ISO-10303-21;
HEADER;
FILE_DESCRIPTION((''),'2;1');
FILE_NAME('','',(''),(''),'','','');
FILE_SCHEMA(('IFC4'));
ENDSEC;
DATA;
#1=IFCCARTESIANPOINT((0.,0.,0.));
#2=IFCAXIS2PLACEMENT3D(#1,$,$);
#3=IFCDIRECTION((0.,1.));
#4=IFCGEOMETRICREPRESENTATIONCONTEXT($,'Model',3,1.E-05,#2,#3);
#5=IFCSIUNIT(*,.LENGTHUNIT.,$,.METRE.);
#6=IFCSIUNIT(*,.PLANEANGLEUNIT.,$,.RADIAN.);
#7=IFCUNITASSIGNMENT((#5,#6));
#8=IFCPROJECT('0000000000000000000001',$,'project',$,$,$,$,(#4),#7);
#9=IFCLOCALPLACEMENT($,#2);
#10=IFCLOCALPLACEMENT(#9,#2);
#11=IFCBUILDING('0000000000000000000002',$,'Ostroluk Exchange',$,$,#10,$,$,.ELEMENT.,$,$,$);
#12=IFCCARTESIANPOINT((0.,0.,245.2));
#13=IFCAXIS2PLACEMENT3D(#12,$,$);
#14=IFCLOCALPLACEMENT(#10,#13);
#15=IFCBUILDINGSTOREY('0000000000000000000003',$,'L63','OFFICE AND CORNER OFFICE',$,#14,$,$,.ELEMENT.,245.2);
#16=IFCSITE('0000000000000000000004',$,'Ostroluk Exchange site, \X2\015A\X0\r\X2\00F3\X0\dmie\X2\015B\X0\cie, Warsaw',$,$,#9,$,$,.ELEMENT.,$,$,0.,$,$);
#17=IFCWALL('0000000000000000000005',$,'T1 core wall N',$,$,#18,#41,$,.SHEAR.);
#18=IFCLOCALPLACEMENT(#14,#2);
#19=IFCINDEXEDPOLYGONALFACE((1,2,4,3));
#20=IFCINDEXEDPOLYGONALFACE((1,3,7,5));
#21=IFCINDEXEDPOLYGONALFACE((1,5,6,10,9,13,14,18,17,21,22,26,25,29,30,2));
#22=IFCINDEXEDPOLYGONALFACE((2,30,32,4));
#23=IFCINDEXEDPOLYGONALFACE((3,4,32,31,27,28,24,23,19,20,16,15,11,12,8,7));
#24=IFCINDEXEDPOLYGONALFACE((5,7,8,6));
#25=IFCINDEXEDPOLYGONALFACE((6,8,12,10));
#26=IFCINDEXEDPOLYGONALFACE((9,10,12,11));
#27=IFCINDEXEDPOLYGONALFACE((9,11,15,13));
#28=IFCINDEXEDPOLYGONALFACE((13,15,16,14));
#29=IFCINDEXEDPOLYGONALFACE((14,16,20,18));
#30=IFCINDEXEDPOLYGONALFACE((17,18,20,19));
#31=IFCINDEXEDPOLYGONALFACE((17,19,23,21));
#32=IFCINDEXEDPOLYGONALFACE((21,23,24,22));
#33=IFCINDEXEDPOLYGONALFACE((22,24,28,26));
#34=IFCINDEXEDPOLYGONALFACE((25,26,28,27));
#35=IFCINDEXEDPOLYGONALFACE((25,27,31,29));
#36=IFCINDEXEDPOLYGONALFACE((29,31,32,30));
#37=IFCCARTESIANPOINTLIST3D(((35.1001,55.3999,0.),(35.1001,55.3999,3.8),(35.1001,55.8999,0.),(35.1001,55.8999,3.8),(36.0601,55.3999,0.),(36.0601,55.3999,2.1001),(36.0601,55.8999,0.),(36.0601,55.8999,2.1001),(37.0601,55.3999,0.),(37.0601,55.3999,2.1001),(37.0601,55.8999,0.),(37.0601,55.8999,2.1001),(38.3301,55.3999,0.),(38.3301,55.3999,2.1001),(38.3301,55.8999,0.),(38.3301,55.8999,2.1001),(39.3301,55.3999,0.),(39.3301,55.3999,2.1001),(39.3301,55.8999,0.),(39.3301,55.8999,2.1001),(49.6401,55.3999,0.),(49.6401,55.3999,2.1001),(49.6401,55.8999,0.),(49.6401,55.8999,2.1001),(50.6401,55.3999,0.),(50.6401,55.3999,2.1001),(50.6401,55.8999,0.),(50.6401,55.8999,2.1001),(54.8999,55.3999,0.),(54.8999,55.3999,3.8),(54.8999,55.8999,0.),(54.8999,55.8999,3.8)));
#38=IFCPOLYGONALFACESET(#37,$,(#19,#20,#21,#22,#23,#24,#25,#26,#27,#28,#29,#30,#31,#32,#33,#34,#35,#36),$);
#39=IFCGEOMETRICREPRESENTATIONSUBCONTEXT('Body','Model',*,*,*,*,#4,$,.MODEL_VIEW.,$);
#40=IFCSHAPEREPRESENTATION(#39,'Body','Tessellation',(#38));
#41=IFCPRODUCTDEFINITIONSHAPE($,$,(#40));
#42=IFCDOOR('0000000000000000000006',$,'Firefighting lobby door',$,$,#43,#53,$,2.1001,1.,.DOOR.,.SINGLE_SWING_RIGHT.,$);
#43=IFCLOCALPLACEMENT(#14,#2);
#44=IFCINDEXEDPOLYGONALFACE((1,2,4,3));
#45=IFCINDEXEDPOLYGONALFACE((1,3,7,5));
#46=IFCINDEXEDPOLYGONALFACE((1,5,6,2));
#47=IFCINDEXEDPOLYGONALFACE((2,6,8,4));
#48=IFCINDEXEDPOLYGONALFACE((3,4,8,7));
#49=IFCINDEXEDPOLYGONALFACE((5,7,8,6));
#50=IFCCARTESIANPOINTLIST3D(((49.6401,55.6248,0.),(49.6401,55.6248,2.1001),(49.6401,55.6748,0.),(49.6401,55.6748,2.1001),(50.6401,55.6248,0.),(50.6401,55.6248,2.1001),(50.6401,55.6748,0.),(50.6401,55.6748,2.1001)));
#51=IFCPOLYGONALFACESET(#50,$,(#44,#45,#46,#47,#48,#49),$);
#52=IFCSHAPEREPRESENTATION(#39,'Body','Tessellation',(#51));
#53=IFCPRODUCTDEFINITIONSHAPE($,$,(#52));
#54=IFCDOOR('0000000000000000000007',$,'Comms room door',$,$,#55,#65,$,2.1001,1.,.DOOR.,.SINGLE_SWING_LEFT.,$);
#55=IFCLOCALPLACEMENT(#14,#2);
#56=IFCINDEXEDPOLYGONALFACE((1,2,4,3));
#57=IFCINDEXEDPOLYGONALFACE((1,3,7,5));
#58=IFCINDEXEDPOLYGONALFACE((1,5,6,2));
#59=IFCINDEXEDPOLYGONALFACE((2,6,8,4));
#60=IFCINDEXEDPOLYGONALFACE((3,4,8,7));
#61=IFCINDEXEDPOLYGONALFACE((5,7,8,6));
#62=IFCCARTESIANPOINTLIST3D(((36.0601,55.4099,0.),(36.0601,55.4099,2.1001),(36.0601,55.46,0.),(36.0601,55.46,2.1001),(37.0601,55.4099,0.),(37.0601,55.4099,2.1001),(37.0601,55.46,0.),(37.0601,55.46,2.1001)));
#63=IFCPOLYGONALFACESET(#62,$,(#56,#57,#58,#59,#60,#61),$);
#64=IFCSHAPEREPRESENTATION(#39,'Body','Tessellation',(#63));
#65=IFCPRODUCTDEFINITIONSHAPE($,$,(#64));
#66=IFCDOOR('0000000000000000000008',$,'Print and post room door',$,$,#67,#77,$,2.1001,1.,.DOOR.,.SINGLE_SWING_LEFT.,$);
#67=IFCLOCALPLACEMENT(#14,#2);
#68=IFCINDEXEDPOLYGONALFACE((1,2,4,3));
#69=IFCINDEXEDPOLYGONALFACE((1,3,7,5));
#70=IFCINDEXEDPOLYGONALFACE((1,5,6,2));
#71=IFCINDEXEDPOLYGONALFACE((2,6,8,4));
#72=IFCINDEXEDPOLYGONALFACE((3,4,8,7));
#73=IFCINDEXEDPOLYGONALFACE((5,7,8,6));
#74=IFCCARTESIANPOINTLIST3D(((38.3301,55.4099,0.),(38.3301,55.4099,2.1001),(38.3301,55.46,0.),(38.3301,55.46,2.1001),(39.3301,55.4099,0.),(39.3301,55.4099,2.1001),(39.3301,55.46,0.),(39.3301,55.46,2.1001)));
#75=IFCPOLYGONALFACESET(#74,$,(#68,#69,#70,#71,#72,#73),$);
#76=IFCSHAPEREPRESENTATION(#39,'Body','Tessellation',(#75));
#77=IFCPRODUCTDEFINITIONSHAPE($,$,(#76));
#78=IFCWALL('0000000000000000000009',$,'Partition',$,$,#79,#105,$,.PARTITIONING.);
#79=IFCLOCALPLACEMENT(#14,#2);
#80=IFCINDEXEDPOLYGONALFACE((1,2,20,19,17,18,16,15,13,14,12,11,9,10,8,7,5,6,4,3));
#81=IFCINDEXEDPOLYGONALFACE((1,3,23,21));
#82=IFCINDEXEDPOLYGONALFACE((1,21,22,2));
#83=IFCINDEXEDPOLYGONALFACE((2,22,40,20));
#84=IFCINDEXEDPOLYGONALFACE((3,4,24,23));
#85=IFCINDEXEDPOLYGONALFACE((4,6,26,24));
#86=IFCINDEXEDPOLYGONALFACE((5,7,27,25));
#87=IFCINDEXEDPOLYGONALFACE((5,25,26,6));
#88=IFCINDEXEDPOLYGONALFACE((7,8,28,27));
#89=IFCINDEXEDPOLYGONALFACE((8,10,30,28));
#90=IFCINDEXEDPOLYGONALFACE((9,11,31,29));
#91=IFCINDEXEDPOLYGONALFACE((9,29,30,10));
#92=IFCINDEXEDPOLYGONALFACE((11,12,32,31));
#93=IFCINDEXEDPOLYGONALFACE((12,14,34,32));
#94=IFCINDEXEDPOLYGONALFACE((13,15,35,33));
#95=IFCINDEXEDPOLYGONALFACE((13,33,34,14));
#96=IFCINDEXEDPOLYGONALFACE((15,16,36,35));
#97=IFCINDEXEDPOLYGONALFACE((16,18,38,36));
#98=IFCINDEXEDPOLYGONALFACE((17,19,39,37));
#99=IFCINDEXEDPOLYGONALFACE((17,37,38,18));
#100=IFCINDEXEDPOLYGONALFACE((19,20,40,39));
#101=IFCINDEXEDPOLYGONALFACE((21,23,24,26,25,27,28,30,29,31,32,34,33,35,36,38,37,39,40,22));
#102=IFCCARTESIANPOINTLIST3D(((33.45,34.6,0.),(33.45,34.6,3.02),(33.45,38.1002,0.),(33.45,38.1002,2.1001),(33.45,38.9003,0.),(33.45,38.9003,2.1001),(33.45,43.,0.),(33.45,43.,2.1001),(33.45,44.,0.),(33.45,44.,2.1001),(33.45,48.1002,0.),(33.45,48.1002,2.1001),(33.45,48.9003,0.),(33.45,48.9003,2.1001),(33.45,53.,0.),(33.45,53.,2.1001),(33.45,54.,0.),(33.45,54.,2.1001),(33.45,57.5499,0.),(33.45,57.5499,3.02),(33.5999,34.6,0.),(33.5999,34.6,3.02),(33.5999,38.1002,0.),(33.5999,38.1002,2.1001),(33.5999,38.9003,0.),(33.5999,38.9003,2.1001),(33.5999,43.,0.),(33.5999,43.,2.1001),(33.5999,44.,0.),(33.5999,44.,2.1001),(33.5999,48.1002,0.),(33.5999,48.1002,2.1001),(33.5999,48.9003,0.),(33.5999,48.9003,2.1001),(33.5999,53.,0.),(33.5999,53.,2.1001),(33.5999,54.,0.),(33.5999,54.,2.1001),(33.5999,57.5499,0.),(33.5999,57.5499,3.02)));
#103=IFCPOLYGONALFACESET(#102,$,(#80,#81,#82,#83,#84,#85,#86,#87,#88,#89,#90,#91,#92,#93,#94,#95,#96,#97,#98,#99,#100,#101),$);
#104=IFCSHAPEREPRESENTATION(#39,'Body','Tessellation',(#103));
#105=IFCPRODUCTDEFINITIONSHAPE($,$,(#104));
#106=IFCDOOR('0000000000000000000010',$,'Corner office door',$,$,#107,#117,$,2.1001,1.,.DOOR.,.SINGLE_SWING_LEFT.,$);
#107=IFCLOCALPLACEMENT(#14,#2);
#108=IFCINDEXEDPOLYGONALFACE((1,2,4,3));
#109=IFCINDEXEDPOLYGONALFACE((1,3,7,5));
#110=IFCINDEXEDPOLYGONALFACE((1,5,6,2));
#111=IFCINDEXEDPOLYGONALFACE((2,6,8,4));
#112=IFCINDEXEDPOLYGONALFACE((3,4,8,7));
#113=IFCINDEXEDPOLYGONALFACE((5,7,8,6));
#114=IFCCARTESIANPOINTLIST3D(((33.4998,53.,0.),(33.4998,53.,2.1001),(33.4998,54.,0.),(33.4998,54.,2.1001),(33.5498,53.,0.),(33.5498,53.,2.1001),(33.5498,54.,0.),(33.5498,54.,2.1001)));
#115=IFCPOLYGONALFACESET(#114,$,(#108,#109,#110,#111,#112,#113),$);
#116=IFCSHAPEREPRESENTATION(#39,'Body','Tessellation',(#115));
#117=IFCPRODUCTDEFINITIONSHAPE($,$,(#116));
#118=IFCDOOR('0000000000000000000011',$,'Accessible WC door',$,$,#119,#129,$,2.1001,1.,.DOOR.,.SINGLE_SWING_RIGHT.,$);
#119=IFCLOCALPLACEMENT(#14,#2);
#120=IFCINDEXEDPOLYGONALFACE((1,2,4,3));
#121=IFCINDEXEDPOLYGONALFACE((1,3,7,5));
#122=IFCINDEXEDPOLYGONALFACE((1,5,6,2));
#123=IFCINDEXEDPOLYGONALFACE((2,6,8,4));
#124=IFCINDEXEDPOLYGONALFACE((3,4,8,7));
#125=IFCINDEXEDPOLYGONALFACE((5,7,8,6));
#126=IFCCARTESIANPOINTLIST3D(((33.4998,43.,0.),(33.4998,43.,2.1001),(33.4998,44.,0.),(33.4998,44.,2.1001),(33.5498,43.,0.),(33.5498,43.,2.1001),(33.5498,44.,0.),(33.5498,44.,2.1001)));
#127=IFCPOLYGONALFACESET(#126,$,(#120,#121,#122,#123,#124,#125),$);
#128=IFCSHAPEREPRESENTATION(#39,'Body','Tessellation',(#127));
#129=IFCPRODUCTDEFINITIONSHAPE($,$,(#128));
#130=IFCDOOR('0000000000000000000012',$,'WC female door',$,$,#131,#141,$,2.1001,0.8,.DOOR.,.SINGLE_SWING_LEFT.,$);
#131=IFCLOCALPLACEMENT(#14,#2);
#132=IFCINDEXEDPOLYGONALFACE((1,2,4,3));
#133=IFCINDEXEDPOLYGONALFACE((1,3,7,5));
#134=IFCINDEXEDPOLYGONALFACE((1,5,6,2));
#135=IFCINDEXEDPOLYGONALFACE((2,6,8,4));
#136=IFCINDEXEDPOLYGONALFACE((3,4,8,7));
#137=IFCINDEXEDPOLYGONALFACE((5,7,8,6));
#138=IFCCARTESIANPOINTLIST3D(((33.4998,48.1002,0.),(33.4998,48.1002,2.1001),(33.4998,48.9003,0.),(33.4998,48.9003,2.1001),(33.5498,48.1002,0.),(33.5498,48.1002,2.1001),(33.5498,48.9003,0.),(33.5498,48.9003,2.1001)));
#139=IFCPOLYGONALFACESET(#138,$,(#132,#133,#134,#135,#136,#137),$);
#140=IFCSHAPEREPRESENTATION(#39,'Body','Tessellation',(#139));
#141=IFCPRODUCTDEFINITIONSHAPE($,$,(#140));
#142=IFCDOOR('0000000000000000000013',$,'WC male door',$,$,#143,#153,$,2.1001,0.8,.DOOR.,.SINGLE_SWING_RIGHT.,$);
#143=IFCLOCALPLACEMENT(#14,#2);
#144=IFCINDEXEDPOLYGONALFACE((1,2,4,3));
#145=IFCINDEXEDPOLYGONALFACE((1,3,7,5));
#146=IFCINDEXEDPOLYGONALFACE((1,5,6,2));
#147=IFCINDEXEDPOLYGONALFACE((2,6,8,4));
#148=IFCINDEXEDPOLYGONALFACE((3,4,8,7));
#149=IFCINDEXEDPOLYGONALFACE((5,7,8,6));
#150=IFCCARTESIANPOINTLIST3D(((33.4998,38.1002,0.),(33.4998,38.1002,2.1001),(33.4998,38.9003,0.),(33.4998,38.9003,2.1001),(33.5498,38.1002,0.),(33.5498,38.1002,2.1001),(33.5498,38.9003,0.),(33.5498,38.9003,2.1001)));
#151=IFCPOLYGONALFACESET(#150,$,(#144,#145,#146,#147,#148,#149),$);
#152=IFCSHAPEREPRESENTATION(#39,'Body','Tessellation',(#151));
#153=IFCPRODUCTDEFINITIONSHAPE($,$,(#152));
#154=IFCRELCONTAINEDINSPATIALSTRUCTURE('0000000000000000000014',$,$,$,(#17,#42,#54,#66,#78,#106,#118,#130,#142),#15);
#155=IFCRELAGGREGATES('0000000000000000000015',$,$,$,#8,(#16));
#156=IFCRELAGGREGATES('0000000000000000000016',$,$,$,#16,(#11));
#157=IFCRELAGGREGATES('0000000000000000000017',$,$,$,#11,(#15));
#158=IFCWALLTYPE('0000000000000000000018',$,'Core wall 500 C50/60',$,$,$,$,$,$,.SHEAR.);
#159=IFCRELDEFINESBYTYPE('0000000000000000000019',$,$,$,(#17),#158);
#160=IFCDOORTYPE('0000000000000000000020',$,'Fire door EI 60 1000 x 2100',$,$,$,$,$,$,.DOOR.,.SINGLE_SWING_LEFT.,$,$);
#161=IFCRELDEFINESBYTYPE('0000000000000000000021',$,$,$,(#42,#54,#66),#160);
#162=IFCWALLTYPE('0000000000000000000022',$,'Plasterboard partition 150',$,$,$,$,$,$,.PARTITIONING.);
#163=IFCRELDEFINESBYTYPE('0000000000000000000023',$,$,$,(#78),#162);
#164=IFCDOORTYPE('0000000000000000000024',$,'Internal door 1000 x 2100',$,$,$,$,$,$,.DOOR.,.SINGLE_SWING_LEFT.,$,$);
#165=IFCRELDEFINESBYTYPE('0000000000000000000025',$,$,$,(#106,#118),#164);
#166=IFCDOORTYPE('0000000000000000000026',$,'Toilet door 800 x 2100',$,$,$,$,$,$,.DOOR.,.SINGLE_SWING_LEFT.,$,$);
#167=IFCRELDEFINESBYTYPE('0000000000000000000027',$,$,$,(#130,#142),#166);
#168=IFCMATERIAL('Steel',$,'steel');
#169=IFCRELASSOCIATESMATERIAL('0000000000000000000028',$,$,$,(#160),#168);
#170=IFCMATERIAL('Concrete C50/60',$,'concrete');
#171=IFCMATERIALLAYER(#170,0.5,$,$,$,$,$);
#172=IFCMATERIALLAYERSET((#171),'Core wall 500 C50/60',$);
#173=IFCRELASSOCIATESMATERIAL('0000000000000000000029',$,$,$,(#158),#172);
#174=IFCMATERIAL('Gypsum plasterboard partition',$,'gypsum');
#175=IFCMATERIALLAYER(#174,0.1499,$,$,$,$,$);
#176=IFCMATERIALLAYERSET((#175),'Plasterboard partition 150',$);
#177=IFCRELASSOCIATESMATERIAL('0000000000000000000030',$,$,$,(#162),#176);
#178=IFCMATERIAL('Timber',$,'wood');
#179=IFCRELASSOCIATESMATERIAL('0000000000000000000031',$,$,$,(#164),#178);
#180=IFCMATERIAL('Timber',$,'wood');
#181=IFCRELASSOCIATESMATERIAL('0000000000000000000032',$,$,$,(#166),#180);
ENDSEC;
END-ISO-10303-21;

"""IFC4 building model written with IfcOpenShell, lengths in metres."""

from ifc_helpers import new_model, si_unit, direction, frame, frame_2d, origin, place, context, subcontext, project, spatial, rectangle, extrude, material, layer, layer_set, type_object, element, fill, save


model = new_model("IFC4")

# Units and contexts
model_context = context("Model", 3, precision=1e-05, world=origin(), true_north=direction((0.0, 1.0)))
body_context = subcontext(model_context, "Body", "Model", "MODEL_VIEW")
ifc_project = project(units=[si_unit("LENGTHUNIT", "METRE"), si_unit("PLANEANGLEUNIT", "RADIAN")], contexts=[model_context])

# Site, building, storey
site_placement = place(None, origin())
site = spatial("IfcSite", under=ifc_project, at=site_placement, Name="Ostroluk Exchange site, Śródmieście, Warsaw", CompositionType="ELEMENT", RefElevation=0.0)
building_placement = place(site_placement, origin())
building = spatial("IfcBuilding", under=site, at=building_placement, Name="Ostroluk Exchange", CompositionType="ELEMENT")
storey_placement = place(building_placement, frame((0.0, 0.0, 245.2)))
storey = spatial("IfcBuildingStorey", under=building, at=storey_placement, Name="L63", Description="OFFICE AND CORNER OFFICE", CompositionType="ELEMENT", Elevation=245.2)

# Walls, openings, doors
ifc_material_1 = material(Name="Steel", Category="steel")
door_type_1 = type_object("IfcDoorType", Name="Fire door EI 60 1000 x 2100", OperationType="SINGLE_SWING_LEFT", PredefinedType="DOOR", material=ifc_material_1)
ifc_material_2 = material(Name="Concrete C50/60", Category="concrete")
ifc_layer_1 = layer(ifc_material_2, 0.5)
ifc_layer_set_1 = layer_set([ifc_layer_1], Name="Core wall 500 C50/60")
wall_type_1 = type_object("IfcWallType", Name="Core wall 500 C50/60", PredefinedType="SHEAR", material=ifc_layer_set_1)
wall_1_placement = place(storey_placement, frame((35.1001, 55.6499, 0.0), z_axis=(0.0, 0.0, 1.0), x_axis=(1.0, 0.0, 0.0)))
wall_1 = element("IfcWall", 1, at=wall_1_placement, inside=storey, type_object=wall_type_1, Name="T1 core wall N", PredefinedType="SHEAR", context=body_context, shape_type="SweptSolid", body=[
    extrude(rectangle(XDim=19.7998, YDim=0.5, at=frame_2d((9.8999, 0.0))), origin(), (0.0, 0.0, 1.0), 3.8),
])
opening_1_placement = place(wall_1_placement, frame((14.54, 0.0, 0.0)))
opening_1 = element("IfcOpeningElement", 2, at=opening_1_placement, cuts=wall_1, PredefinedType="OPENING", context=body_context, shape_type="SweptSolid", body=[
    extrude(rectangle(XDim=1.0, YDim=2.1001, at=frame_2d((0.5, 1.05))), frame((0.0, 0.26, 0.0), z_axis=(0.0, -1.0, 0.0), x_axis=(1.0, 0.0, 0.0)), (0.0, 0.0, 1.0), 0.52),
])
opening_2_placement = place(wall_1_placement, frame((0.96, 0.0, 0.0)))
opening_2 = element("IfcOpeningElement", 3, at=opening_2_placement, cuts=wall_1, PredefinedType="OPENING", context=body_context, shape_type="SweptSolid", body=[
    extrude(rectangle(XDim=1.0, YDim=2.1001, at=frame_2d((0.5, 1.05))), frame((0.0, 0.26, 0.0), z_axis=(0.0, -1.0, 0.0), x_axis=(1.0, 0.0, 0.0)), (0.0, 0.0, 1.0), 0.52),
])
opening_3_placement = place(wall_1_placement, frame((3.23, 0.0, 0.0)))
opening_3 = element("IfcOpeningElement", 4, at=opening_3_placement, cuts=wall_1, PredefinedType="OPENING", context=body_context, shape_type="SweptSolid", body=[
    extrude(rectangle(XDim=1.0, YDim=2.1001, at=frame_2d((0.5, 1.05))), frame((0.0, 0.26, 0.0), z_axis=(0.0, -1.0, 0.0), x_axis=(1.0, 0.0, 0.0)), (0.0, 0.0, 1.0), 0.52),
])
door_1_placement = place(opening_1_placement, origin())
door_1 = element("IfcDoor", 5, at=door_1_placement, inside=storey, type_object=door_type_1, Name="Firefighting lobby door", OperationType="SINGLE_SWING_RIGHT", OverallHeight=2.1001, OverallWidth=1.0, PredefinedType="DOOR", context=body_context, shape_type="SweptSolid", body=[
    extrude(rectangle(XDim=1.0, YDim=2.1001, at=frame_2d((0.5, 1.05))), frame((0.0, 0.0249, 0.0), z_axis=(0.0, -1.0, 0.0), x_axis=(1.0, 0.0, 0.0)), (0.0, 0.0, 1.0), 0.05),
])
fill(opening_1, door_1)
door_2_placement = place(opening_2_placement, origin())
door_2 = element("IfcDoor", 6, at=door_2_placement, inside=storey, type_object=door_type_1, Name="Comms room door", OperationType="SINGLE_SWING_LEFT", OverallHeight=2.1001, OverallWidth=1.0, PredefinedType="DOOR", context=body_context, shape_type="SweptSolid", body=[
    extrude(rectangle(XDim=1.0, YDim=2.1001, at=frame_2d((0.5, 1.05))), frame((0.0, -0.1899, 0.0), z_axis=(0.0, -1.0, 0.0), x_axis=(1.0, 0.0, 0.0)), (0.0, 0.0, 1.0), 0.05),
])
fill(opening_2, door_2)
door_3_placement = place(opening_3_placement, origin())
door_3 = element("IfcDoor", 7, at=door_3_placement, inside=storey, type_object=door_type_1, Name="Print and post room door", OperationType="SINGLE_SWING_LEFT", OverallHeight=2.1001, OverallWidth=1.0, PredefinedType="DOOR", context=body_context, shape_type="SweptSolid", body=[
    extrude(rectangle(XDim=1.0, YDim=2.1001, at=frame_2d((0.5, 1.05))), frame((0.0, -0.1899, 0.0), z_axis=(0.0, -1.0, 0.0), x_axis=(1.0, 0.0, 0.0)), (0.0, 0.0, 1.0), 0.05),
])
fill(opening_3, door_3)
ifc_material_3 = material(Name="Gypsum plasterboard partition", Category="gypsum")
ifc_layer_2 = layer(ifc_material_3, 0.1499)
ifc_layer_set_2 = layer_set([ifc_layer_2], Name="Plasterboard partition 150")
wall_type_2 = type_object("IfcWallType", Name="Plasterboard partition 150", PredefinedType="PARTITIONING", material=ifc_layer_set_2)
wall_2_placement = place(storey_placement, frame((33.5249, 57.55, 0.0), z_axis=(0.0, 0.0, 1.0), x_axis=(0.0, -1.0, 0.0)))
wall_2 = element("IfcWall", 8, at=wall_2_placement, inside=storey, type_object=wall_type_2, Name="Partition", PredefinedType="PARTITIONING", context=body_context, shape_type="SweptSolid", body=[
    extrude(rectangle(XDim=22.95, YDim=0.1499, at=frame_2d((11.4751, 0.0))), origin(), (0.0, 0.0, 1.0), 3.02),
])
opening_4_placement = place(wall_2_placement, frame((3.55, 0.0, 0.0)))
opening_4 = element("IfcOpeningElement", 9, at=opening_4_placement, cuts=wall_2, PredefinedType="OPENING", context=body_context, shape_type="SweptSolid", body=[
    extrude(rectangle(XDim=1.0, YDim=2.1001, at=frame_2d((0.5, 1.05))), frame((0.0, 0.085, 0.0), z_axis=(0.0, -1.0, 0.0), x_axis=(1.0, 0.0, 0.0)), (0.0, 0.0, 1.0), 0.1699),
])
opening_5_placement = place(wall_2_placement, frame((8.6499, 0.0, 0.0)))
opening_5 = element("IfcOpeningElement", 10, at=opening_5_placement, cuts=wall_2, PredefinedType="OPENING", context=body_context, shape_type="SweptSolid", body=[
    extrude(rectangle(XDim=0.8, YDim=2.1001, at=frame_2d((0.3999, 1.05))), frame((0.0, 0.085, 0.0), z_axis=(0.0, -1.0, 0.0), x_axis=(1.0, 0.0, 0.0)), (0.0, 0.0, 1.0), 0.1699),
])
opening_6_placement = place(wall_2_placement, frame((13.55, 0.0, 0.0)))
opening_6 = element("IfcOpeningElement", 11, at=opening_6_placement, cuts=wall_2, PredefinedType="OPENING", context=body_context, shape_type="SweptSolid", body=[
    extrude(rectangle(XDim=1.0, YDim=2.1001, at=frame_2d((0.5, 1.05))), frame((0.0, 0.085, 0.0), z_axis=(0.0, -1.0, 0.0), x_axis=(1.0, 0.0, 0.0)), (0.0, 0.0, 1.0), 0.1699),
])
opening_7_placement = place(wall_2_placement, frame((18.6499, 0.0, 0.0)))
opening_7 = element("IfcOpeningElement", 12, at=opening_7_placement, cuts=wall_2, PredefinedType="OPENING", context=body_context, shape_type="SweptSolid", body=[
    extrude(rectangle(XDim=0.8, YDim=2.1001, at=frame_2d((0.3999, 1.05))), frame((0.0, 0.085, 0.0), z_axis=(0.0, -1.0, 0.0), x_axis=(1.0, 0.0, 0.0)), (0.0, 0.0, 1.0), 0.1699),
])
ifc_material_4 = material(Name="Timber", Category="wood")
door_type_2 = type_object("IfcDoorType", Name="Internal door 1000 x 2100", OperationType="SINGLE_SWING_LEFT", PredefinedType="DOOR", material=ifc_material_4)
door_4_placement = place(opening_4_placement, origin())
door_4 = element("IfcDoor", 13, at=door_4_placement, inside=storey, type_object=door_type_2, Name="Corner office door", OperationType="SINGLE_SWING_LEFT", OverallHeight=2.1001, OverallWidth=1.0, PredefinedType="DOOR", context=body_context, shape_type="SweptSolid", body=[
    extrude(rectangle(XDim=1.0, YDim=2.1001, at=frame_2d((0.5, 1.05))), frame((0.0, 0.0249, 0.0), z_axis=(0.0, -1.0, 0.0), x_axis=(1.0, 0.0, 0.0)), (0.0, 0.0, 1.0), 0.05),
])
fill(opening_4, door_4)
door_5_placement = place(opening_6_placement, origin())
door_5 = element("IfcDoor", 14, at=door_5_placement, inside=storey, type_object=door_type_2, Name="Accessible WC door", OperationType="SINGLE_SWING_RIGHT", OverallHeight=2.1001, OverallWidth=1.0, PredefinedType="DOOR", context=body_context, shape_type="SweptSolid", body=[
    extrude(rectangle(XDim=1.0, YDim=2.1001, at=frame_2d((0.5, 1.05))), frame((0.0, 0.0249, 0.0), z_axis=(0.0, -1.0, 0.0), x_axis=(1.0, 0.0, 0.0)), (0.0, 0.0, 1.0), 0.05),
])
fill(opening_6, door_5)
ifc_material_5 = material(Name="Timber", Category="wood")
door_type_3 = type_object("IfcDoorType", Name="Toilet door 800 x 2100", OperationType="SINGLE_SWING_LEFT", PredefinedType="DOOR", material=ifc_material_5)
door_6_placement = place(opening_5_placement, origin())
door_6 = element("IfcDoor", 15, at=door_6_placement, inside=storey, type_object=door_type_3, Name="WC female door", OperationType="SINGLE_SWING_LEFT", OverallHeight=2.1001, OverallWidth=0.8, PredefinedType="DOOR", context=body_context, shape_type="SweptSolid", body=[
    extrude(rectangle(XDim=0.8, YDim=2.1001, at=frame_2d((0.3999, 1.05))), frame((0.0, 0.0249, 0.0), z_axis=(0.0, -1.0, 0.0), x_axis=(1.0, 0.0, 0.0)), (0.0, 0.0, 1.0), 0.05),
])
fill(opening_5, door_6)
door_7_placement = place(opening_7_placement, origin())
door_7 = element("IfcDoor", 16, at=door_7_placement, inside=storey, type_object=door_type_3, Name="WC male door", OperationType="SINGLE_SWING_RIGHT", OverallHeight=2.1001, OverallWidth=0.8, PredefinedType="DOOR", context=body_context, shape_type="SweptSolid", body=[
    extrude(rectangle(XDim=0.8, YDim=2.1001, at=frame_2d((0.3999, 1.05))), frame((0.0, 0.0249, 0.0), z_axis=(0.0, -1.0, 0.0), x_axis=(1.0, 0.0, 0.0)), (0.0, 0.0, 1.0), 0.05),
])
fill(opening_7, door_7)

save(model, "model.ifc")
